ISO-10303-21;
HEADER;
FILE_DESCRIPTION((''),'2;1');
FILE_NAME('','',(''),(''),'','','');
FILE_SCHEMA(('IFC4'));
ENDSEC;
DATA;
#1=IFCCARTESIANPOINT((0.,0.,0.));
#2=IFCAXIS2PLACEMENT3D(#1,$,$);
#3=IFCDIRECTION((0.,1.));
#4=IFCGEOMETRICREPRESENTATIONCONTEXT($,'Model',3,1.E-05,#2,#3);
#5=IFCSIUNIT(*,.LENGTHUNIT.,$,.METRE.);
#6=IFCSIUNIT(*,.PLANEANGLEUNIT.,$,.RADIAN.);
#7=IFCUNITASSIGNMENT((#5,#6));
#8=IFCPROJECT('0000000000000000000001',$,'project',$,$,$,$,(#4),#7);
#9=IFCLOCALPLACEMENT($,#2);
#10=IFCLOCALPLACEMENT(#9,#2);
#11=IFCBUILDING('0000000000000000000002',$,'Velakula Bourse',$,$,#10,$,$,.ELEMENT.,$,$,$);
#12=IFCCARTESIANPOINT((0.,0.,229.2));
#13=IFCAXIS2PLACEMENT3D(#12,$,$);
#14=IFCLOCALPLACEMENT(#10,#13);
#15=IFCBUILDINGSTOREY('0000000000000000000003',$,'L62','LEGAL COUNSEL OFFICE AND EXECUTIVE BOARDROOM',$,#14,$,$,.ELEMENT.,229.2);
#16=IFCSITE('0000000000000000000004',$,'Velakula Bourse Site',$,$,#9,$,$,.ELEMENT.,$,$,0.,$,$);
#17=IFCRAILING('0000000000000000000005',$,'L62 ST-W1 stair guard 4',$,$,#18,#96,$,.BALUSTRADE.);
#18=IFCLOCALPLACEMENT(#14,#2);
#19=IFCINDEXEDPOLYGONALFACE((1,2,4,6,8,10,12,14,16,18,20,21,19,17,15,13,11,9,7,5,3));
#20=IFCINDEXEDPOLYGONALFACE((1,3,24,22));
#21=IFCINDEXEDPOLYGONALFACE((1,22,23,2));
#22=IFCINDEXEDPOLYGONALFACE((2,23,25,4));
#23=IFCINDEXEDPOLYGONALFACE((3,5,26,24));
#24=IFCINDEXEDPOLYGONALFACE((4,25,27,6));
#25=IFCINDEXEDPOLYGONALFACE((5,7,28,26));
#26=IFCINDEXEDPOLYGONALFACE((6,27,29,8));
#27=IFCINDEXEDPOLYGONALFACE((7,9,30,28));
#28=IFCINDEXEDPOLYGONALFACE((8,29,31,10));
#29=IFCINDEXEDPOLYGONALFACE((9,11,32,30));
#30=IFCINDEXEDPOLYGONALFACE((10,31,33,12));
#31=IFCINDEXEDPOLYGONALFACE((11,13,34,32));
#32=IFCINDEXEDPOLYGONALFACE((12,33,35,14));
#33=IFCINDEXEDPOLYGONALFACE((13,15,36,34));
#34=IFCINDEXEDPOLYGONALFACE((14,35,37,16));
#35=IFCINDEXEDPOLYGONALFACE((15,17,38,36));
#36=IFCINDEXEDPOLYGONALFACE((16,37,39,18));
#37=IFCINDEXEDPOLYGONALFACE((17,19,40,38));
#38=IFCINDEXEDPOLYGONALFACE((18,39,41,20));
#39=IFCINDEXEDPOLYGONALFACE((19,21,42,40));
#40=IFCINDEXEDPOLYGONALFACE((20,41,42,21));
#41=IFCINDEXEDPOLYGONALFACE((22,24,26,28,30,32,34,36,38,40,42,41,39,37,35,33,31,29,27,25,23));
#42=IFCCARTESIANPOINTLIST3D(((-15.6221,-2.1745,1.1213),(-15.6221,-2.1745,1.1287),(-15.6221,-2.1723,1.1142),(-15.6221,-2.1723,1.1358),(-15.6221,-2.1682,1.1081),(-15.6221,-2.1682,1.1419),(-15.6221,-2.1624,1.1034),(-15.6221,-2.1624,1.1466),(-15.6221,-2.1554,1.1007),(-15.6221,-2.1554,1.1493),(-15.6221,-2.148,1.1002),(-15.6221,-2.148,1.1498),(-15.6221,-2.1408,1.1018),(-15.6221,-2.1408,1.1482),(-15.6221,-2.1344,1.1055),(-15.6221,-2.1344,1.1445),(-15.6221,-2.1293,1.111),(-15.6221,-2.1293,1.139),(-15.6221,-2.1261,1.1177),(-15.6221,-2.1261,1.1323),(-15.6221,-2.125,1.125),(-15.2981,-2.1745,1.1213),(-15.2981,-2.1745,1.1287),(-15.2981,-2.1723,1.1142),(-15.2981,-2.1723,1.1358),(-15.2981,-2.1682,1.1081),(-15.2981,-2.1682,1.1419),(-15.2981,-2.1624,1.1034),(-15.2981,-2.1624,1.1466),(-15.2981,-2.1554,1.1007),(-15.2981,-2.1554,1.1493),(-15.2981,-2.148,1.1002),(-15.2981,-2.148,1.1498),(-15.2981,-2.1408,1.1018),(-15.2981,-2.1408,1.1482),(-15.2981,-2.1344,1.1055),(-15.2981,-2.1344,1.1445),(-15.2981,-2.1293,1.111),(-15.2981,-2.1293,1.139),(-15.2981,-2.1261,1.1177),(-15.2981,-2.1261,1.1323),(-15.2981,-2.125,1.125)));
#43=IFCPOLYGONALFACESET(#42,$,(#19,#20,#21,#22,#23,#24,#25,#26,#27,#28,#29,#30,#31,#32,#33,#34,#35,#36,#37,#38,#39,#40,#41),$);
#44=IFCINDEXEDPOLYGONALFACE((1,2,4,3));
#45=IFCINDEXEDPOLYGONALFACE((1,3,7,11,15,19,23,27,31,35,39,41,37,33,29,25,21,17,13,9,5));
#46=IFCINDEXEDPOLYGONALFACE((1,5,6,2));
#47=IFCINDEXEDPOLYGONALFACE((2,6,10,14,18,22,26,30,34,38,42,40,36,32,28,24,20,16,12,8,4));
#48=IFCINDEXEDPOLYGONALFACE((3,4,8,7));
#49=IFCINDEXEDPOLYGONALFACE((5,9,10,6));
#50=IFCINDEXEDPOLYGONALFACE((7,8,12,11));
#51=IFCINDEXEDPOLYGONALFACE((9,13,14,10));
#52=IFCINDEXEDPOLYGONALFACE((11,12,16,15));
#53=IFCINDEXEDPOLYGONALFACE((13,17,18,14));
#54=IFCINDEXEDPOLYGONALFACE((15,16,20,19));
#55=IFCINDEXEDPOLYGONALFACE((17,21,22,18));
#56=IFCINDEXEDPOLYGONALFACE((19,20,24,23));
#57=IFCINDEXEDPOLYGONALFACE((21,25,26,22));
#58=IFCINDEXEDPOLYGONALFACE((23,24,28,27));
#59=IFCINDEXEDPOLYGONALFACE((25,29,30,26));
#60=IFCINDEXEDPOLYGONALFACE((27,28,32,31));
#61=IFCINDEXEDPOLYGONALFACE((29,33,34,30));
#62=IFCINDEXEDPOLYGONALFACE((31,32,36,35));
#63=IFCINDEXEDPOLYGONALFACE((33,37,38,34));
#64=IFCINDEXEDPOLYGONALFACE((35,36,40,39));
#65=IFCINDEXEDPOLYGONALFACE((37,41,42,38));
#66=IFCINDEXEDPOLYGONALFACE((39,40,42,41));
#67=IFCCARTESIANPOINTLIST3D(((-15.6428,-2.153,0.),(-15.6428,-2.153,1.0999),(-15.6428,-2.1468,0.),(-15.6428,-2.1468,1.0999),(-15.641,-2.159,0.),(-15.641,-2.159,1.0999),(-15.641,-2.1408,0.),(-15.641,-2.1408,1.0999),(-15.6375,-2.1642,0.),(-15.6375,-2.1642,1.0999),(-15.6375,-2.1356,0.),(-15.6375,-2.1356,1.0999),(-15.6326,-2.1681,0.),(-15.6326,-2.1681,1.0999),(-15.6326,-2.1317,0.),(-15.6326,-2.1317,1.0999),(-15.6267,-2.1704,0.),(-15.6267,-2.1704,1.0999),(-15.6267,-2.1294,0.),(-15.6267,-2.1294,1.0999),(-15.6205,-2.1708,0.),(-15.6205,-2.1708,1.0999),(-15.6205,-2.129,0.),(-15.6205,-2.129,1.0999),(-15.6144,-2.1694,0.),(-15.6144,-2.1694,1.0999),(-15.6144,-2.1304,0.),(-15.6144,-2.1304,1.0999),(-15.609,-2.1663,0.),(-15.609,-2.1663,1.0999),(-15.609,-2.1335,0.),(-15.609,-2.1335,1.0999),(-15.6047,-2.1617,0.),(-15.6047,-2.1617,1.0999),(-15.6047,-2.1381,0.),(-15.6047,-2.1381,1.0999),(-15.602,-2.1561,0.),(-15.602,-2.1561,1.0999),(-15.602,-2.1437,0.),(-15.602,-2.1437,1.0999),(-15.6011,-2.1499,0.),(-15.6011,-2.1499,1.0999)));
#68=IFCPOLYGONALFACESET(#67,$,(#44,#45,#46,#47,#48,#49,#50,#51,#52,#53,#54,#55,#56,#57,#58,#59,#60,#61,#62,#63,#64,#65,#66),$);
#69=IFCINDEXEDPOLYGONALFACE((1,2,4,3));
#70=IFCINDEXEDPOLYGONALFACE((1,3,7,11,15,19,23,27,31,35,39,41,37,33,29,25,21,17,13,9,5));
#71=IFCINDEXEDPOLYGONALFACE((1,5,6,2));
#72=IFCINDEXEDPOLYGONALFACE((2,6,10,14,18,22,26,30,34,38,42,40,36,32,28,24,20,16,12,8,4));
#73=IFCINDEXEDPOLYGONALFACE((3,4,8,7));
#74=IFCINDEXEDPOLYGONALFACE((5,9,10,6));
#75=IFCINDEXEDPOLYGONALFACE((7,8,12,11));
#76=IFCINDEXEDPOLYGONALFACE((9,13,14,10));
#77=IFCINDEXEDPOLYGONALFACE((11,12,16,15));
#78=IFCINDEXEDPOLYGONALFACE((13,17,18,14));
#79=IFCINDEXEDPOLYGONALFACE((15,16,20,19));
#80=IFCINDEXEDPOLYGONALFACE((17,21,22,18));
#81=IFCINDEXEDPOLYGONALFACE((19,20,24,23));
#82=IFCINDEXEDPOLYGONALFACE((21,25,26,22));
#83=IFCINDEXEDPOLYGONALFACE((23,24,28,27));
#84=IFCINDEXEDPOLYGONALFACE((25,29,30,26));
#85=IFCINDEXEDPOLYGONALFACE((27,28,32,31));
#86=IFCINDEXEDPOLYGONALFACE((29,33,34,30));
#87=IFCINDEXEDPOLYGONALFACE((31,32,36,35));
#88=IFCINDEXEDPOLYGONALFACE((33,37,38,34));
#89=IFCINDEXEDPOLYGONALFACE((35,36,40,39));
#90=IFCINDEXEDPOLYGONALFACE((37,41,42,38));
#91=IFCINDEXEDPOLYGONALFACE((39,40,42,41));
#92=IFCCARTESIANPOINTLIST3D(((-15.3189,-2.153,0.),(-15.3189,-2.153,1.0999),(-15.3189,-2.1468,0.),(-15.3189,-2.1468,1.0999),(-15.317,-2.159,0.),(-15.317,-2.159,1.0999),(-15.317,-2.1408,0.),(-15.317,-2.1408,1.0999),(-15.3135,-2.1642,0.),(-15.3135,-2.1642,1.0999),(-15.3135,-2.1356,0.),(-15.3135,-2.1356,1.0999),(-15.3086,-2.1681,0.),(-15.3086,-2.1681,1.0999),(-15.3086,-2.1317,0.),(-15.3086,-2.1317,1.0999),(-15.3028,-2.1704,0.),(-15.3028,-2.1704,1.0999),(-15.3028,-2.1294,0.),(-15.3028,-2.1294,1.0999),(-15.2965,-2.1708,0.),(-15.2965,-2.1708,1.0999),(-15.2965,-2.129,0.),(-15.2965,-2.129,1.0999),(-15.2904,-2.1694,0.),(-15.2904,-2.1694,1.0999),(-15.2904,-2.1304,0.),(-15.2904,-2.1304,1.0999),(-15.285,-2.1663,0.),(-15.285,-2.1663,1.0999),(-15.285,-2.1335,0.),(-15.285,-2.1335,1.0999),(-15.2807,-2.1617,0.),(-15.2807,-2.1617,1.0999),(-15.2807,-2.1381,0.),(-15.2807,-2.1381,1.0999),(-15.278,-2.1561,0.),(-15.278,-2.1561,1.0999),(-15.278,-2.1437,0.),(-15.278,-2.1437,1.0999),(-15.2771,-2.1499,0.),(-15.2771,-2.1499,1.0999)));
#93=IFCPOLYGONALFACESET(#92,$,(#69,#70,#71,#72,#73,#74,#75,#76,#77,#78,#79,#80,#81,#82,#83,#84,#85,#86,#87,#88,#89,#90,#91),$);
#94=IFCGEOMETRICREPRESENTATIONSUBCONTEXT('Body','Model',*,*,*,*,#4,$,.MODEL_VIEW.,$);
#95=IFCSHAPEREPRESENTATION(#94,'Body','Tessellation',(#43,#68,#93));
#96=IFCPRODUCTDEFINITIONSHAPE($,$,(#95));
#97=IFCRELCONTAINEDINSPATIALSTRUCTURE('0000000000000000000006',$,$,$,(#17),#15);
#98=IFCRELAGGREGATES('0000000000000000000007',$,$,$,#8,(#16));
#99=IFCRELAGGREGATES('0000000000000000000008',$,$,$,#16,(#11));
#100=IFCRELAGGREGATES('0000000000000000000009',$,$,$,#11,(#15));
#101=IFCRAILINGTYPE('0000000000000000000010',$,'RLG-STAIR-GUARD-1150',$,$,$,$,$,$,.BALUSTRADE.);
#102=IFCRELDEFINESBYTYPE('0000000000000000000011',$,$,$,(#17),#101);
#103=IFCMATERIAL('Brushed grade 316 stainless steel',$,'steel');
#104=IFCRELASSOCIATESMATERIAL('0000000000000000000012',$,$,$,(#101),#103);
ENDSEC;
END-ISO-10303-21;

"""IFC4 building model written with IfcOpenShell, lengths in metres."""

from ifc_helpers import new_model, si_unit, direction, frame, origin, origin_2d, place, context, subcontext, project, spatial, circle, extrude, material, type_object, element, save


model = new_model("IFC4")

# Units and contexts
model_context = context("Model", 3, precision=1e-05, world=origin(), true_north=direction((0.0, 1.0)))
body_context = subcontext(model_context, "Body", "Model", "MODEL_VIEW")
ifc_project = project(units=[si_unit("LENGTHUNIT", "METRE"), si_unit("PLANEANGLEUNIT", "RADIAN")], contexts=[model_context])

# Site, building, storey
site_placement = place(None, origin())
site = spatial("IfcSite", under=ifc_project, at=site_placement, Name="Velakula Bourse Site", CompositionType="ELEMENT", RefElevation=0.0)
building_placement = place(site_placement, origin())
building = spatial("IfcBuilding", under=site, at=building_placement, Name="Velakula Bourse", CompositionType="ELEMENT")
storey_placement = place(building_placement, frame((0.0, 0.0, 229.2)))
storey = spatial("IfcBuildingStorey", under=building, at=storey_placement, Name="L62", Description="LEGAL COUNSEL OFFICE AND EXECUTIVE BOARDROOM", CompositionType="ELEMENT", Elevation=229.2)

# Shared definitions
ifc_material_1 = material(Name="Brushed grade 316 stainless steel", Category="steel")

# Railing
railing_type_1 = type_object("IfcRailingType", Name="RLG-STAIR-GUARD-1150", PredefinedType="BALUSTRADE", material=ifc_material_1)
railing_1_placement = place(storey_placement, frame((-15.6221, -2.1499, 0.0)))
element("IfcRailing", 1, at=railing_1_placement, inside=storey, type_object=railing_type_1, Name="L62 ST-W1 stair guard 4", PredefinedType="BALUSTRADE", context=body_context, shape_type="SweptSolid", body=[
    extrude(circle(Radius=0.0249, at=origin_2d()), frame((0.0, 0.0, 1.125), z_axis=(1.0, 0.0, 0.0), x_axis=(0.0, 1.0, 0.0)), (0.0, 0.0, 1.0), 0.324),
    extrude(circle(Radius=0.021, at=origin_2d()), origin(), (0.0, 0.0, 1.0), 1.0999),
    extrude(circle(Radius=0.021, at=origin_2d()), frame((0.324, 0.0, 0.0)), (0.0, 0.0, 1.0), 1.0999),
])

save(model, "model.ifc")
